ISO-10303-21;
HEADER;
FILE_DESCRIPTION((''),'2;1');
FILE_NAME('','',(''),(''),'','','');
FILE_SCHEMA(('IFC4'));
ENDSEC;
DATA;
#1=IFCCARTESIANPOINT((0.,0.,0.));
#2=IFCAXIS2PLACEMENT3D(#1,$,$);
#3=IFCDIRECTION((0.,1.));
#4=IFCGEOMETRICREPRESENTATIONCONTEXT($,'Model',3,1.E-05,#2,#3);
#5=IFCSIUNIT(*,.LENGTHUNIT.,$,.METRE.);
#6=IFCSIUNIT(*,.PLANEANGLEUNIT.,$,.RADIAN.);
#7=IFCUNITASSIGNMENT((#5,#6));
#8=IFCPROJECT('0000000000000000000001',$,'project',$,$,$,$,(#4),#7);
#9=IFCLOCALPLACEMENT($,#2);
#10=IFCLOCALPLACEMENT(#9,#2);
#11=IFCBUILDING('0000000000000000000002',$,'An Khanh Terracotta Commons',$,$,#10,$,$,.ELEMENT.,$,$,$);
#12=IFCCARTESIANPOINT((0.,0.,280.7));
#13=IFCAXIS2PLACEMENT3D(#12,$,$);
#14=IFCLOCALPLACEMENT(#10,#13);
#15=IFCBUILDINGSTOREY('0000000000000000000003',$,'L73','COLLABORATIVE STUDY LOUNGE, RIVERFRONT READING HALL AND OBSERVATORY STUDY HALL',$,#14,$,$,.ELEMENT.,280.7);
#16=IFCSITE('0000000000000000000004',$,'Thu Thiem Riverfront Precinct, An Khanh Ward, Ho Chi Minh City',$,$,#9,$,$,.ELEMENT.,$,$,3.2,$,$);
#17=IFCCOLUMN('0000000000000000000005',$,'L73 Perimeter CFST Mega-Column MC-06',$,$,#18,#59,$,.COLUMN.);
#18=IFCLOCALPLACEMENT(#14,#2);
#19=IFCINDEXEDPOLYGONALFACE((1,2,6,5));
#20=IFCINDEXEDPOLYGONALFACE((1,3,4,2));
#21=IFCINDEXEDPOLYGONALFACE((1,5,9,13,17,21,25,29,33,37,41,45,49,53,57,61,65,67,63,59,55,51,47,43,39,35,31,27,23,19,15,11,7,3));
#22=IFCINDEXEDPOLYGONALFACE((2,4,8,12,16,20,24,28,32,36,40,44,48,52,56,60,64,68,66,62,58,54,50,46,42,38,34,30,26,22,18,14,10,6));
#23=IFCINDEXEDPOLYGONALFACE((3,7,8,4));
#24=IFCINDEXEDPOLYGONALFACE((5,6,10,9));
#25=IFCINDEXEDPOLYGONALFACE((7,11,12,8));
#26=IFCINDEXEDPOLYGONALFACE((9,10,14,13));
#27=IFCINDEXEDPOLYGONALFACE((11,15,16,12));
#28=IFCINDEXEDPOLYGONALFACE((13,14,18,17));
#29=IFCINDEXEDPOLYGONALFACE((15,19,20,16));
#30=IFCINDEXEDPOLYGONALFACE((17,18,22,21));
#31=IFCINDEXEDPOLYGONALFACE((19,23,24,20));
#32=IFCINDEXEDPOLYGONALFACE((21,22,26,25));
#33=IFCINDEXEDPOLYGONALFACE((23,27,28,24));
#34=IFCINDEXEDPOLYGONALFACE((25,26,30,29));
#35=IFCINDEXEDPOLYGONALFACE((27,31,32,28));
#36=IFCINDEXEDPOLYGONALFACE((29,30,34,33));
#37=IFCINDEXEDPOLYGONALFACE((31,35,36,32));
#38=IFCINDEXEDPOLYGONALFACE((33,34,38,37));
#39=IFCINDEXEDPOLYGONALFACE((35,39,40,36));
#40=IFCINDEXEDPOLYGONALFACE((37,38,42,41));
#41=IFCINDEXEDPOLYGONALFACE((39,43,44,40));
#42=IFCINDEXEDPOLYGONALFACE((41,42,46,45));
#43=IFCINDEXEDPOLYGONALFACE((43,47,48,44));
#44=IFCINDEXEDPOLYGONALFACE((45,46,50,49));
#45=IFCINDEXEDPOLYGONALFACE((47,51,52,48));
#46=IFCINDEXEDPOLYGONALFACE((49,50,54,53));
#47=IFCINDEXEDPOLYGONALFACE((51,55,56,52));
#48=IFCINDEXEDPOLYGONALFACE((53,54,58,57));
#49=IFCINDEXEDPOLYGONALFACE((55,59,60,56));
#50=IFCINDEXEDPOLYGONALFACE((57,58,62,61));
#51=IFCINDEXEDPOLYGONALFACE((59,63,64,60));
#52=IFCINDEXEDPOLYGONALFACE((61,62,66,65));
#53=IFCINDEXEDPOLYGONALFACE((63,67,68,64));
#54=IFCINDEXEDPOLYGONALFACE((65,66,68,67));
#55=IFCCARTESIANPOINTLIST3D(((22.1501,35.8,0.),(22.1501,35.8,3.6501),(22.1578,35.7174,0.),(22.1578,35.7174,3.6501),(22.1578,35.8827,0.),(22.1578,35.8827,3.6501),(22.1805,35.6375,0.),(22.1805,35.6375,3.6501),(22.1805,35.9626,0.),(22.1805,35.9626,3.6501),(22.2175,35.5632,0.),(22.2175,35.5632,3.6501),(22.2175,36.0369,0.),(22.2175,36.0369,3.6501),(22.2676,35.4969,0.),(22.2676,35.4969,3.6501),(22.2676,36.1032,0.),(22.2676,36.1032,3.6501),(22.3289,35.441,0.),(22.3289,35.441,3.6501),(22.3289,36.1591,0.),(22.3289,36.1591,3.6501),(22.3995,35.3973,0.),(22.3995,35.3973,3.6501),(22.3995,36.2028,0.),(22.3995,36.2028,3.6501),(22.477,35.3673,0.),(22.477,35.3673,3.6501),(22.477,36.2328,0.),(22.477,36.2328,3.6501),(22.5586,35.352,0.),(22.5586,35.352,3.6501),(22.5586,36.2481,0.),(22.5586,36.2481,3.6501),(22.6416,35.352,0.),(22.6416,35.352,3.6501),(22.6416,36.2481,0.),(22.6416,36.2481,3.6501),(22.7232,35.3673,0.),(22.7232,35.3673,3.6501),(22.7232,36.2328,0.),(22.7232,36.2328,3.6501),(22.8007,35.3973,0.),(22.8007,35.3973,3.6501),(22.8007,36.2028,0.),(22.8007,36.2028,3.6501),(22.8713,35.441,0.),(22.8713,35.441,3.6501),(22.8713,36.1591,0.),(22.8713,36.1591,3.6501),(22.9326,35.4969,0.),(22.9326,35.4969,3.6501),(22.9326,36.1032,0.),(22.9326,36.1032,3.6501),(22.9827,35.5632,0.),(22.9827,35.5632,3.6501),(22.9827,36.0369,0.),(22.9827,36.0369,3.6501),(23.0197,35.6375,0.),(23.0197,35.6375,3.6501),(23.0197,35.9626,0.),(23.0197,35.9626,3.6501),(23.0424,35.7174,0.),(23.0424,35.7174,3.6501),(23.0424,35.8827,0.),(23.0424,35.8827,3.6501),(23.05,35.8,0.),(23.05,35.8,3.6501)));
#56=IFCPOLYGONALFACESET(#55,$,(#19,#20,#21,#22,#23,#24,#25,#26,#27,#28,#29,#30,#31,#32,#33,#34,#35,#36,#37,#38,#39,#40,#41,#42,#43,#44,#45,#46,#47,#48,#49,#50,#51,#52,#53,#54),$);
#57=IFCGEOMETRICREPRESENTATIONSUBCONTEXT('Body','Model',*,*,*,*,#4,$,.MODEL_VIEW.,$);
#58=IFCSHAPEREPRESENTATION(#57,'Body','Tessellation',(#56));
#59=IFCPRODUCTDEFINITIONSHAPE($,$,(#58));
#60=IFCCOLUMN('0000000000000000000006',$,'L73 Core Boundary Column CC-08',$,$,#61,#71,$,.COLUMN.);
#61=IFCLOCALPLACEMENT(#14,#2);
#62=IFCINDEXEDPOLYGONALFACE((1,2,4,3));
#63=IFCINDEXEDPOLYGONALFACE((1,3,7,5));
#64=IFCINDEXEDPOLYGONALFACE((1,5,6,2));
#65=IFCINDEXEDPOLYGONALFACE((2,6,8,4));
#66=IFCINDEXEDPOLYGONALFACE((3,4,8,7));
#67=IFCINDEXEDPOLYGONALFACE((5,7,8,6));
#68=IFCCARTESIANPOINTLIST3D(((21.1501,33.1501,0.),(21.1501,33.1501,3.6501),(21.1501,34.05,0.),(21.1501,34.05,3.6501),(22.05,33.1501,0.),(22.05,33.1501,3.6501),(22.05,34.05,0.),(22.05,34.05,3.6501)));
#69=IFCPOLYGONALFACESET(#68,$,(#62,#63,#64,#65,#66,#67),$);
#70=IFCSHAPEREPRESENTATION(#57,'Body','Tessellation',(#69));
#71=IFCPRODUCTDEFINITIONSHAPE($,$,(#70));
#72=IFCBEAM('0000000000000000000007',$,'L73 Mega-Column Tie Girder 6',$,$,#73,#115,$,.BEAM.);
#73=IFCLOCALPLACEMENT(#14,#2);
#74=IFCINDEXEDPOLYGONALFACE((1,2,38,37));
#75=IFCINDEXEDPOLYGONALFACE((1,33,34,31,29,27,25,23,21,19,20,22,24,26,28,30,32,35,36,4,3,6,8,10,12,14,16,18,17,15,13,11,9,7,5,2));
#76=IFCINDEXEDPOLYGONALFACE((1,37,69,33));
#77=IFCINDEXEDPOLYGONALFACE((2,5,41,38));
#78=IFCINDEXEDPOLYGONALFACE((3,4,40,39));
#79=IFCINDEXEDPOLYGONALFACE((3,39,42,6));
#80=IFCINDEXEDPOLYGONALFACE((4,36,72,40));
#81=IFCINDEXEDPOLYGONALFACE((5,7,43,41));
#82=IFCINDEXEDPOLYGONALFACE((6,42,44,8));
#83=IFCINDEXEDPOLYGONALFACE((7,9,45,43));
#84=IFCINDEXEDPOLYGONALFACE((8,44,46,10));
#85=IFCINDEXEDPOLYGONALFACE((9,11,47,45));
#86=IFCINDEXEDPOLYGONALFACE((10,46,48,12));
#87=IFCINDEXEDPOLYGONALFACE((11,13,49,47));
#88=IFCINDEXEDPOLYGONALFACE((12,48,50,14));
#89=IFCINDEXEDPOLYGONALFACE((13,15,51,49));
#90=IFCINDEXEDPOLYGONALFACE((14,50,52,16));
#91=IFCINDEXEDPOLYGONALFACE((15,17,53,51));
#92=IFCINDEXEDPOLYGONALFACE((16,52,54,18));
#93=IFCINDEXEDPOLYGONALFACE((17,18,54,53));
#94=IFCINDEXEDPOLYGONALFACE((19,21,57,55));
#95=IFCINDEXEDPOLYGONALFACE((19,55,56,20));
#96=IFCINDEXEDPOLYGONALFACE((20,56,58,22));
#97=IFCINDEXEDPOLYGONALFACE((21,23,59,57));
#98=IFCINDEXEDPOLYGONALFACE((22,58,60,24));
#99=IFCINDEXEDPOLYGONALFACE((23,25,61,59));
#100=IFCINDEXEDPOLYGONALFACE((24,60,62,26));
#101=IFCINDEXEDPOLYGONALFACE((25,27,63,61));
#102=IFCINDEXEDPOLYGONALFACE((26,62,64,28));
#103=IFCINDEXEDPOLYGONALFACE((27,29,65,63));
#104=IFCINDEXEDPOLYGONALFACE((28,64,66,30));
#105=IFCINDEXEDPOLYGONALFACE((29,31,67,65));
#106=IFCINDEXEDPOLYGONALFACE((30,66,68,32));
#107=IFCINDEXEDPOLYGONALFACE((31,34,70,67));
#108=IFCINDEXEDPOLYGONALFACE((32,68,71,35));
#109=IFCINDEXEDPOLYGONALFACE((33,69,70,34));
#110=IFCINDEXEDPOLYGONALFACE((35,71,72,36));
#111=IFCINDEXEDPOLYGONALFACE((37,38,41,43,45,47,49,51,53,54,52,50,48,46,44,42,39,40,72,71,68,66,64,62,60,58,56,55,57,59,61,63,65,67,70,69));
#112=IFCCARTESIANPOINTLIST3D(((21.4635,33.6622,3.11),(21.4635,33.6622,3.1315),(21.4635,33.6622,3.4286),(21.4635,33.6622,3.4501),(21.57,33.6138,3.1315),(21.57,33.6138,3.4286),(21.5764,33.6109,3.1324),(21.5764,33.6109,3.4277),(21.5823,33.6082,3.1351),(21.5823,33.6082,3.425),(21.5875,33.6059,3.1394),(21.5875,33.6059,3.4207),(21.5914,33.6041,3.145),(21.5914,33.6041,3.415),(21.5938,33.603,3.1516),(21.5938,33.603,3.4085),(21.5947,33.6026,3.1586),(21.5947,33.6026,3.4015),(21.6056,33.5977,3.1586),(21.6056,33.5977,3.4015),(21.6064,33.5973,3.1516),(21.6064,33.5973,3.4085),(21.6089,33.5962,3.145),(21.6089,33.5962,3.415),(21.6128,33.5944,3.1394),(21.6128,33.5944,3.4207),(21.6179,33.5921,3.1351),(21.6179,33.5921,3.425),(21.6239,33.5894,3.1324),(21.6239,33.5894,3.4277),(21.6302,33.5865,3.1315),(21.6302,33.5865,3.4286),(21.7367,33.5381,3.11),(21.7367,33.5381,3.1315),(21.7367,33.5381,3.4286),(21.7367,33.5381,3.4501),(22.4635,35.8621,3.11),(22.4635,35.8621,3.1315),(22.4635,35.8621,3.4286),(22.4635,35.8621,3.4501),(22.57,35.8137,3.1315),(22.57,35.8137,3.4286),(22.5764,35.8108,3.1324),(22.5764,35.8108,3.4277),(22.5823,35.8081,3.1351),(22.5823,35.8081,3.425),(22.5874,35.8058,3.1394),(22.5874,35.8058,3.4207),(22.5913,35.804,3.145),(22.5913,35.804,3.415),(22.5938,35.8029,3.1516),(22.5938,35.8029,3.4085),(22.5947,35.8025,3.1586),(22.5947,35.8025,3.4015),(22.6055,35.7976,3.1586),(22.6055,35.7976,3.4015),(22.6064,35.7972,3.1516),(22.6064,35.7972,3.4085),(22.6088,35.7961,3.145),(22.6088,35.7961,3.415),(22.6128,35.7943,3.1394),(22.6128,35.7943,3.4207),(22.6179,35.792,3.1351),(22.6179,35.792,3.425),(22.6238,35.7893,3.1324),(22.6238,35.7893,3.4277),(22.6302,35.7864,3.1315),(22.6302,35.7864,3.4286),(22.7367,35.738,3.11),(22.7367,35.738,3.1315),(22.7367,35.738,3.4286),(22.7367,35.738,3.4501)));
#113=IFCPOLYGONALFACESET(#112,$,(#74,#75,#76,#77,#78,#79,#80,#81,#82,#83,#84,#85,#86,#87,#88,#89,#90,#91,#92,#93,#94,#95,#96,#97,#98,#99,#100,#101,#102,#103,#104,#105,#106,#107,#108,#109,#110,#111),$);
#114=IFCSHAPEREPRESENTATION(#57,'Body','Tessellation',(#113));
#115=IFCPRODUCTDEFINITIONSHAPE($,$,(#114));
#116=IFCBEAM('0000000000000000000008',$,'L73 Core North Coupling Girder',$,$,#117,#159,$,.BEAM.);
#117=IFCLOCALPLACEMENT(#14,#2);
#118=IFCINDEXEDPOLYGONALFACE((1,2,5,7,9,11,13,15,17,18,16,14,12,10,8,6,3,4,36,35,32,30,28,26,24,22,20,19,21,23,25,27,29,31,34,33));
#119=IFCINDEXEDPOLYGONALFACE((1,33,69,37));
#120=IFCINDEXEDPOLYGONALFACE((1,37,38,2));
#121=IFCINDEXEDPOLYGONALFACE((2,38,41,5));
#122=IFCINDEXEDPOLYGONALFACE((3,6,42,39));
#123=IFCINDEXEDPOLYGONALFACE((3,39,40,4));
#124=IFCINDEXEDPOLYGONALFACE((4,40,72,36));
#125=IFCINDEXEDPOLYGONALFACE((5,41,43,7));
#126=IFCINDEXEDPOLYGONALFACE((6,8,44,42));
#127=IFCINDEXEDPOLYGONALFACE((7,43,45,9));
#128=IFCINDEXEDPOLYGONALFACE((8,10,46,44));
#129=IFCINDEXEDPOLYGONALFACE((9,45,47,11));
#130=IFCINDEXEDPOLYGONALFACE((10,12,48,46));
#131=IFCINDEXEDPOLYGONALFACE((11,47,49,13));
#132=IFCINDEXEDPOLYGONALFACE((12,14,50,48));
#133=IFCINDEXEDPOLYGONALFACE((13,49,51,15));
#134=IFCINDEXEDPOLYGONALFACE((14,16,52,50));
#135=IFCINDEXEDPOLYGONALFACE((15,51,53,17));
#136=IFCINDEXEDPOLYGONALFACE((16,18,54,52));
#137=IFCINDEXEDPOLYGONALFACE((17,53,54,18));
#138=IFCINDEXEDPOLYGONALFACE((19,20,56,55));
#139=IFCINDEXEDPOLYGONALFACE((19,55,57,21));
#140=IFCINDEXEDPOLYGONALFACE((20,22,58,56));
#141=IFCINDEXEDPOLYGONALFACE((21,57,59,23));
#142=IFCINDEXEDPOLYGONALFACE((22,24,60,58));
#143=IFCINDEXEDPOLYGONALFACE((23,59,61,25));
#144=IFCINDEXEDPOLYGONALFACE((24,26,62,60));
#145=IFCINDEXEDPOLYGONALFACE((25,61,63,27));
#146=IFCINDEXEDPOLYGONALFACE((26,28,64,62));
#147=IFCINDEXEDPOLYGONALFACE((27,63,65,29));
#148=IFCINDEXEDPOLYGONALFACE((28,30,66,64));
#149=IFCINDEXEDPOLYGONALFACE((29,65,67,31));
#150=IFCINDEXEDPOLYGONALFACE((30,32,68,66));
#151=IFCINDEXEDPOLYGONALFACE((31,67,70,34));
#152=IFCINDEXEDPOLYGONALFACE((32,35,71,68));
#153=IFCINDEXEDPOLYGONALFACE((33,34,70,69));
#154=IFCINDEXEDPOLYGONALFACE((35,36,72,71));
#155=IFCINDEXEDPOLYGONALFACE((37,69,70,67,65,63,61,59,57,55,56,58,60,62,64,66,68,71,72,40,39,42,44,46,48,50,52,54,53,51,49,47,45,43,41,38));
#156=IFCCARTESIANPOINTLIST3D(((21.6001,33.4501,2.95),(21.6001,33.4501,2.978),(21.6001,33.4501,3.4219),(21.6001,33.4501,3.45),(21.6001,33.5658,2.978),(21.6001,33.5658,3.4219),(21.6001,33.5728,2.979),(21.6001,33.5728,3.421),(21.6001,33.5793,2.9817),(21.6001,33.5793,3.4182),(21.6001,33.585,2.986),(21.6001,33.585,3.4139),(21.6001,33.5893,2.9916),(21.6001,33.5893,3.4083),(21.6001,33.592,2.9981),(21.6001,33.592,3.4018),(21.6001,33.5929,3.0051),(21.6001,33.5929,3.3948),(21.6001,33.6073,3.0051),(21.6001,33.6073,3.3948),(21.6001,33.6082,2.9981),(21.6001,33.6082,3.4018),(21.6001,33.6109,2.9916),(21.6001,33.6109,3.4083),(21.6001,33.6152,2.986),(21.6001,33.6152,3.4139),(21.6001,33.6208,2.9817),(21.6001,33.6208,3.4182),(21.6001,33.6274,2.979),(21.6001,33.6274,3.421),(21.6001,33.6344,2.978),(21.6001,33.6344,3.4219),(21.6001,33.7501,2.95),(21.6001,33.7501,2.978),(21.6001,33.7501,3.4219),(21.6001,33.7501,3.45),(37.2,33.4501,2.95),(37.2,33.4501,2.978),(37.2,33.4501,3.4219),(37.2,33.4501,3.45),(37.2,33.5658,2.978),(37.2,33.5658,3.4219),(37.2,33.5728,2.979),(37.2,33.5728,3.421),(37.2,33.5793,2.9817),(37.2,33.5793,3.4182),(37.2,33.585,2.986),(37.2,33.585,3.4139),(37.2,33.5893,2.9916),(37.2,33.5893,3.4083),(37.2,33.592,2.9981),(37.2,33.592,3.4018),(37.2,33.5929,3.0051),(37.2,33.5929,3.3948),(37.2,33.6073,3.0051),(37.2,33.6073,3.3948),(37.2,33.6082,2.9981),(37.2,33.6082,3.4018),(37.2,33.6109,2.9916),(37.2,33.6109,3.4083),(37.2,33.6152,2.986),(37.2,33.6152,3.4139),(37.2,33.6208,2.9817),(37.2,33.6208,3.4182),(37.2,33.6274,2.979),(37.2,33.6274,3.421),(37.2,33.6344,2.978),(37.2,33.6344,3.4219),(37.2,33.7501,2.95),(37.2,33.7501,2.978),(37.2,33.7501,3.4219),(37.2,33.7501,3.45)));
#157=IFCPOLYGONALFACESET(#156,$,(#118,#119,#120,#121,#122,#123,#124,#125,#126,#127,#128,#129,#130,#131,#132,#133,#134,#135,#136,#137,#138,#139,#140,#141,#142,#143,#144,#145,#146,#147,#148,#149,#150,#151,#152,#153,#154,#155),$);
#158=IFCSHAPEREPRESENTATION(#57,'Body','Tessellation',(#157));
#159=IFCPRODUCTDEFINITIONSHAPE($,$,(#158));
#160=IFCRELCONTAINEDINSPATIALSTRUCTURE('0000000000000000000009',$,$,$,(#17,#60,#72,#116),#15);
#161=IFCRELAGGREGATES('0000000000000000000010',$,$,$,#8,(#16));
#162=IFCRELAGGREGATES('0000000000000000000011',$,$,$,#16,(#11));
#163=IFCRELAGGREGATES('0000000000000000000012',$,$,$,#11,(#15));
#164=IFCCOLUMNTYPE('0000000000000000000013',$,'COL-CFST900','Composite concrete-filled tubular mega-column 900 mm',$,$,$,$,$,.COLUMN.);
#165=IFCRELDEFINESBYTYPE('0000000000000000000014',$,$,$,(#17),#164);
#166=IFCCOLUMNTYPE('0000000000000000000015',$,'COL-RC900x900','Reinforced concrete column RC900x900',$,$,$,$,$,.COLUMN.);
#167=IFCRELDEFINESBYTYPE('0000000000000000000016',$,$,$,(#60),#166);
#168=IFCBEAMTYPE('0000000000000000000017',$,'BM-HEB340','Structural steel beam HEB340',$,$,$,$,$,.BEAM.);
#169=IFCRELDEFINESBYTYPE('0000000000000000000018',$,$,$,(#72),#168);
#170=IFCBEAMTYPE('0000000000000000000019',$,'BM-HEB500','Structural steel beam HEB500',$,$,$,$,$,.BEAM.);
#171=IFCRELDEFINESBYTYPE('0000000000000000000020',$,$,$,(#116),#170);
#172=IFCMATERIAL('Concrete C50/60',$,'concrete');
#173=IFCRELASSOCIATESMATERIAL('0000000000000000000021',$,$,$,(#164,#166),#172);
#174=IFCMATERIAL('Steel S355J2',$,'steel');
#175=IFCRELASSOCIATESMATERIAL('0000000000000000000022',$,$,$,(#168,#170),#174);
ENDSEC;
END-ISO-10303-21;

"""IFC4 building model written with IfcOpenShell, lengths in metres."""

from ifc_helpers import new_model, si_unit, direction, frame, origin, origin_2d, place, context, subcontext, project, spatial, rectangle, circle, i_section, extrude, material, material_profile, profile_set, type_object, element, save


model = new_model("IFC4")

# Units and contexts
model_context = context("Model", 3, precision=1e-05, world=origin(), true_north=direction((0.0, 1.0)))
body_context = subcontext(model_context, "Body", "Model", "MODEL_VIEW")
ifc_project = project(units=[si_unit("LENGTHUNIT", "METRE"), si_unit("PLANEANGLEUNIT", "RADIAN")], contexts=[model_context])

# Site, building, storey
site_placement = place(None, origin())
site = spatial("IfcSite", under=ifc_project, at=site_placement, Name="Thu Thiem Riverfront Precinct, An Khanh Ward, Ho Chi Minh City", CompositionType="ELEMENT", RefElevation=3.2)
building_placement = place(site_placement, origin())
building = spatial("IfcBuilding", under=site, at=building_placement, Name="An Khanh Terracotta Commons", CompositionType="ELEMENT")
storey_placement = place(building_placement, frame((0.0, 0.0, 280.7)))
storey = spatial("IfcBuildingStorey", under=building, at=storey_placement, Name="L73", Description="COLLABORATIVE STUDY LOUNGE, RIVERFRONT READING HALL AND OBSERVATORY STUDY HALL", CompositionType="ELEMENT", Elevation=280.7)

# Columns
ifc_material_1 = material(Name="Concrete C50/60", Category="concrete")
ifc_material_profile_1 = material_profile(ifc_material_1, circle(Radius=0.45, at=origin_2d()), Name="CFST900")
ifc_profile_set_1 = profile_set([ifc_material_profile_1], Name="Concrete C50/60")
column_type_1 = type_object("IfcColumnType", Name="COL-CFST900", Description="Composite concrete-filled tubular mega-column 900 mm", PredefinedType="COLUMN", material=ifc_profile_set_1)
column_1_placement = place(storey_placement, frame((22.6001, 35.8, 0.0), z_axis=(0.0, 0.0, 1.0), x_axis=(1.0, 0.0, 0.0)))
element("IfcColumn", 1, at=column_1_placement, inside=storey, type_object=column_type_1, Name="L73 Perimeter CFST Mega-Column MC-06", PredefinedType="COLUMN", context=body_context, shape_type="SweptSolid", body=[
    extrude(circle(Radius=0.45, at=origin_2d()), origin(), (0.0, 0.0, 1.0), 3.6501),
])
ifc_material_profile_2 = material_profile(ifc_material_1, rectangle(XDim=0.8999, YDim=0.8999, at=origin_2d()), Name="RC900x900")
ifc_profile_set_2 = profile_set([ifc_material_profile_2], Name="Concrete C50/60")
column_type_2 = type_object("IfcColumnType", Name="COL-RC900x900", Description="Reinforced concrete column RC900x900", PredefinedType="COLUMN", material=ifc_profile_set_2)
column_2_placement = place(storey_placement, frame((21.6001, 33.6001, 0.0), z_axis=(0.0, 0.0, 1.0), x_axis=(1.0, 0.0, 0.0)))
element("IfcColumn", 2, at=column_2_placement, inside=storey, type_object=column_type_2, Name="L73 Core Boundary Column CC-08", PredefinedType="COLUMN", context=body_context, shape_type="SweptSolid", body=[
    extrude(rectangle(XDim=0.8999, YDim=0.8999, at=origin_2d()), origin(), (0.0, 0.0, 1.0), 3.6501),
])

# Beams
ifc_material_2 = material(Name="Steel S355J2", Category="steel")
ifc_material_profile_3 = material_profile(ifc_material_2, i_section(OverallWidth=0.3, OverallDepth=0.3401, WebThickness=0.012, FlangeThickness=0.0215, FilletRadius=0.0271, at=origin_2d()), Name="HEB340")
ifc_profile_set_3 = profile_set([ifc_material_profile_3], Name="Steel S355J2")
beam_type_1 = type_object("IfcBeamType", Name="BM-HEB340", Description="Structural steel beam HEB340", PredefinedType="BEAM", material=ifc_profile_set_3)
beam_1_placement = place(storey_placement, frame((22.6001, 35.8, 3.28), z_axis=(-0.413811, -0.910363, 0.0), x_axis=(0.910363, -0.413811, 0.0)))
element("IfcBeam", 3, at=beam_1_placement, inside=storey, type_object=beam_type_1, Name="L73 Mega-Column Tie Girder 6", PredefinedType="BEAM", context=body_context, shape_type="SweptSolid", body=[
    extrude(i_section(OverallWidth=0.3, OverallDepth=0.3401, WebThickness=0.012, FlangeThickness=0.0215, FilletRadius=0.0271, at=origin_2d()), origin(), (0.0, 0.0, 1.0), 2.4165),
])
ifc_material_profile_4 = material_profile(ifc_material_2, i_section(OverallWidth=0.3, OverallDepth=0.5, WebThickness=0.0144, FlangeThickness=0.0281, FilletRadius=0.0271, at=origin_2d()), Name="HEB500")
ifc_profile_set_4 = profile_set([ifc_material_profile_4], Name="Steel S355J2")
beam_type_2 = type_object("IfcBeamType", Name="BM-HEB500", Description="Structural steel beam HEB500", PredefinedType="BEAM", material=ifc_profile_set_4)
beam_2_placement = place(storey_placement, frame((21.6001, 33.6001, 3.2), z_axis=(1.0, 0.0, 0.0), x_axis=(0.0, 1.0, 0.0)))
element("IfcBeam", 4, at=beam_2_placement, inside=storey, type_object=beam_type_2, Name="L73 Core North Coupling Girder", PredefinedType="BEAM", context=body_context, shape_type="SweptSolid", body=[
    extrude(i_section(OverallWidth=0.3, OverallDepth=0.5, WebThickness=0.0144, FlangeThickness=0.0281, FilletRadius=0.0271, at=origin_2d()), origin(), (0.0, 0.0, 1.0), 15.5999),
])

save(model, "model.ifc")
